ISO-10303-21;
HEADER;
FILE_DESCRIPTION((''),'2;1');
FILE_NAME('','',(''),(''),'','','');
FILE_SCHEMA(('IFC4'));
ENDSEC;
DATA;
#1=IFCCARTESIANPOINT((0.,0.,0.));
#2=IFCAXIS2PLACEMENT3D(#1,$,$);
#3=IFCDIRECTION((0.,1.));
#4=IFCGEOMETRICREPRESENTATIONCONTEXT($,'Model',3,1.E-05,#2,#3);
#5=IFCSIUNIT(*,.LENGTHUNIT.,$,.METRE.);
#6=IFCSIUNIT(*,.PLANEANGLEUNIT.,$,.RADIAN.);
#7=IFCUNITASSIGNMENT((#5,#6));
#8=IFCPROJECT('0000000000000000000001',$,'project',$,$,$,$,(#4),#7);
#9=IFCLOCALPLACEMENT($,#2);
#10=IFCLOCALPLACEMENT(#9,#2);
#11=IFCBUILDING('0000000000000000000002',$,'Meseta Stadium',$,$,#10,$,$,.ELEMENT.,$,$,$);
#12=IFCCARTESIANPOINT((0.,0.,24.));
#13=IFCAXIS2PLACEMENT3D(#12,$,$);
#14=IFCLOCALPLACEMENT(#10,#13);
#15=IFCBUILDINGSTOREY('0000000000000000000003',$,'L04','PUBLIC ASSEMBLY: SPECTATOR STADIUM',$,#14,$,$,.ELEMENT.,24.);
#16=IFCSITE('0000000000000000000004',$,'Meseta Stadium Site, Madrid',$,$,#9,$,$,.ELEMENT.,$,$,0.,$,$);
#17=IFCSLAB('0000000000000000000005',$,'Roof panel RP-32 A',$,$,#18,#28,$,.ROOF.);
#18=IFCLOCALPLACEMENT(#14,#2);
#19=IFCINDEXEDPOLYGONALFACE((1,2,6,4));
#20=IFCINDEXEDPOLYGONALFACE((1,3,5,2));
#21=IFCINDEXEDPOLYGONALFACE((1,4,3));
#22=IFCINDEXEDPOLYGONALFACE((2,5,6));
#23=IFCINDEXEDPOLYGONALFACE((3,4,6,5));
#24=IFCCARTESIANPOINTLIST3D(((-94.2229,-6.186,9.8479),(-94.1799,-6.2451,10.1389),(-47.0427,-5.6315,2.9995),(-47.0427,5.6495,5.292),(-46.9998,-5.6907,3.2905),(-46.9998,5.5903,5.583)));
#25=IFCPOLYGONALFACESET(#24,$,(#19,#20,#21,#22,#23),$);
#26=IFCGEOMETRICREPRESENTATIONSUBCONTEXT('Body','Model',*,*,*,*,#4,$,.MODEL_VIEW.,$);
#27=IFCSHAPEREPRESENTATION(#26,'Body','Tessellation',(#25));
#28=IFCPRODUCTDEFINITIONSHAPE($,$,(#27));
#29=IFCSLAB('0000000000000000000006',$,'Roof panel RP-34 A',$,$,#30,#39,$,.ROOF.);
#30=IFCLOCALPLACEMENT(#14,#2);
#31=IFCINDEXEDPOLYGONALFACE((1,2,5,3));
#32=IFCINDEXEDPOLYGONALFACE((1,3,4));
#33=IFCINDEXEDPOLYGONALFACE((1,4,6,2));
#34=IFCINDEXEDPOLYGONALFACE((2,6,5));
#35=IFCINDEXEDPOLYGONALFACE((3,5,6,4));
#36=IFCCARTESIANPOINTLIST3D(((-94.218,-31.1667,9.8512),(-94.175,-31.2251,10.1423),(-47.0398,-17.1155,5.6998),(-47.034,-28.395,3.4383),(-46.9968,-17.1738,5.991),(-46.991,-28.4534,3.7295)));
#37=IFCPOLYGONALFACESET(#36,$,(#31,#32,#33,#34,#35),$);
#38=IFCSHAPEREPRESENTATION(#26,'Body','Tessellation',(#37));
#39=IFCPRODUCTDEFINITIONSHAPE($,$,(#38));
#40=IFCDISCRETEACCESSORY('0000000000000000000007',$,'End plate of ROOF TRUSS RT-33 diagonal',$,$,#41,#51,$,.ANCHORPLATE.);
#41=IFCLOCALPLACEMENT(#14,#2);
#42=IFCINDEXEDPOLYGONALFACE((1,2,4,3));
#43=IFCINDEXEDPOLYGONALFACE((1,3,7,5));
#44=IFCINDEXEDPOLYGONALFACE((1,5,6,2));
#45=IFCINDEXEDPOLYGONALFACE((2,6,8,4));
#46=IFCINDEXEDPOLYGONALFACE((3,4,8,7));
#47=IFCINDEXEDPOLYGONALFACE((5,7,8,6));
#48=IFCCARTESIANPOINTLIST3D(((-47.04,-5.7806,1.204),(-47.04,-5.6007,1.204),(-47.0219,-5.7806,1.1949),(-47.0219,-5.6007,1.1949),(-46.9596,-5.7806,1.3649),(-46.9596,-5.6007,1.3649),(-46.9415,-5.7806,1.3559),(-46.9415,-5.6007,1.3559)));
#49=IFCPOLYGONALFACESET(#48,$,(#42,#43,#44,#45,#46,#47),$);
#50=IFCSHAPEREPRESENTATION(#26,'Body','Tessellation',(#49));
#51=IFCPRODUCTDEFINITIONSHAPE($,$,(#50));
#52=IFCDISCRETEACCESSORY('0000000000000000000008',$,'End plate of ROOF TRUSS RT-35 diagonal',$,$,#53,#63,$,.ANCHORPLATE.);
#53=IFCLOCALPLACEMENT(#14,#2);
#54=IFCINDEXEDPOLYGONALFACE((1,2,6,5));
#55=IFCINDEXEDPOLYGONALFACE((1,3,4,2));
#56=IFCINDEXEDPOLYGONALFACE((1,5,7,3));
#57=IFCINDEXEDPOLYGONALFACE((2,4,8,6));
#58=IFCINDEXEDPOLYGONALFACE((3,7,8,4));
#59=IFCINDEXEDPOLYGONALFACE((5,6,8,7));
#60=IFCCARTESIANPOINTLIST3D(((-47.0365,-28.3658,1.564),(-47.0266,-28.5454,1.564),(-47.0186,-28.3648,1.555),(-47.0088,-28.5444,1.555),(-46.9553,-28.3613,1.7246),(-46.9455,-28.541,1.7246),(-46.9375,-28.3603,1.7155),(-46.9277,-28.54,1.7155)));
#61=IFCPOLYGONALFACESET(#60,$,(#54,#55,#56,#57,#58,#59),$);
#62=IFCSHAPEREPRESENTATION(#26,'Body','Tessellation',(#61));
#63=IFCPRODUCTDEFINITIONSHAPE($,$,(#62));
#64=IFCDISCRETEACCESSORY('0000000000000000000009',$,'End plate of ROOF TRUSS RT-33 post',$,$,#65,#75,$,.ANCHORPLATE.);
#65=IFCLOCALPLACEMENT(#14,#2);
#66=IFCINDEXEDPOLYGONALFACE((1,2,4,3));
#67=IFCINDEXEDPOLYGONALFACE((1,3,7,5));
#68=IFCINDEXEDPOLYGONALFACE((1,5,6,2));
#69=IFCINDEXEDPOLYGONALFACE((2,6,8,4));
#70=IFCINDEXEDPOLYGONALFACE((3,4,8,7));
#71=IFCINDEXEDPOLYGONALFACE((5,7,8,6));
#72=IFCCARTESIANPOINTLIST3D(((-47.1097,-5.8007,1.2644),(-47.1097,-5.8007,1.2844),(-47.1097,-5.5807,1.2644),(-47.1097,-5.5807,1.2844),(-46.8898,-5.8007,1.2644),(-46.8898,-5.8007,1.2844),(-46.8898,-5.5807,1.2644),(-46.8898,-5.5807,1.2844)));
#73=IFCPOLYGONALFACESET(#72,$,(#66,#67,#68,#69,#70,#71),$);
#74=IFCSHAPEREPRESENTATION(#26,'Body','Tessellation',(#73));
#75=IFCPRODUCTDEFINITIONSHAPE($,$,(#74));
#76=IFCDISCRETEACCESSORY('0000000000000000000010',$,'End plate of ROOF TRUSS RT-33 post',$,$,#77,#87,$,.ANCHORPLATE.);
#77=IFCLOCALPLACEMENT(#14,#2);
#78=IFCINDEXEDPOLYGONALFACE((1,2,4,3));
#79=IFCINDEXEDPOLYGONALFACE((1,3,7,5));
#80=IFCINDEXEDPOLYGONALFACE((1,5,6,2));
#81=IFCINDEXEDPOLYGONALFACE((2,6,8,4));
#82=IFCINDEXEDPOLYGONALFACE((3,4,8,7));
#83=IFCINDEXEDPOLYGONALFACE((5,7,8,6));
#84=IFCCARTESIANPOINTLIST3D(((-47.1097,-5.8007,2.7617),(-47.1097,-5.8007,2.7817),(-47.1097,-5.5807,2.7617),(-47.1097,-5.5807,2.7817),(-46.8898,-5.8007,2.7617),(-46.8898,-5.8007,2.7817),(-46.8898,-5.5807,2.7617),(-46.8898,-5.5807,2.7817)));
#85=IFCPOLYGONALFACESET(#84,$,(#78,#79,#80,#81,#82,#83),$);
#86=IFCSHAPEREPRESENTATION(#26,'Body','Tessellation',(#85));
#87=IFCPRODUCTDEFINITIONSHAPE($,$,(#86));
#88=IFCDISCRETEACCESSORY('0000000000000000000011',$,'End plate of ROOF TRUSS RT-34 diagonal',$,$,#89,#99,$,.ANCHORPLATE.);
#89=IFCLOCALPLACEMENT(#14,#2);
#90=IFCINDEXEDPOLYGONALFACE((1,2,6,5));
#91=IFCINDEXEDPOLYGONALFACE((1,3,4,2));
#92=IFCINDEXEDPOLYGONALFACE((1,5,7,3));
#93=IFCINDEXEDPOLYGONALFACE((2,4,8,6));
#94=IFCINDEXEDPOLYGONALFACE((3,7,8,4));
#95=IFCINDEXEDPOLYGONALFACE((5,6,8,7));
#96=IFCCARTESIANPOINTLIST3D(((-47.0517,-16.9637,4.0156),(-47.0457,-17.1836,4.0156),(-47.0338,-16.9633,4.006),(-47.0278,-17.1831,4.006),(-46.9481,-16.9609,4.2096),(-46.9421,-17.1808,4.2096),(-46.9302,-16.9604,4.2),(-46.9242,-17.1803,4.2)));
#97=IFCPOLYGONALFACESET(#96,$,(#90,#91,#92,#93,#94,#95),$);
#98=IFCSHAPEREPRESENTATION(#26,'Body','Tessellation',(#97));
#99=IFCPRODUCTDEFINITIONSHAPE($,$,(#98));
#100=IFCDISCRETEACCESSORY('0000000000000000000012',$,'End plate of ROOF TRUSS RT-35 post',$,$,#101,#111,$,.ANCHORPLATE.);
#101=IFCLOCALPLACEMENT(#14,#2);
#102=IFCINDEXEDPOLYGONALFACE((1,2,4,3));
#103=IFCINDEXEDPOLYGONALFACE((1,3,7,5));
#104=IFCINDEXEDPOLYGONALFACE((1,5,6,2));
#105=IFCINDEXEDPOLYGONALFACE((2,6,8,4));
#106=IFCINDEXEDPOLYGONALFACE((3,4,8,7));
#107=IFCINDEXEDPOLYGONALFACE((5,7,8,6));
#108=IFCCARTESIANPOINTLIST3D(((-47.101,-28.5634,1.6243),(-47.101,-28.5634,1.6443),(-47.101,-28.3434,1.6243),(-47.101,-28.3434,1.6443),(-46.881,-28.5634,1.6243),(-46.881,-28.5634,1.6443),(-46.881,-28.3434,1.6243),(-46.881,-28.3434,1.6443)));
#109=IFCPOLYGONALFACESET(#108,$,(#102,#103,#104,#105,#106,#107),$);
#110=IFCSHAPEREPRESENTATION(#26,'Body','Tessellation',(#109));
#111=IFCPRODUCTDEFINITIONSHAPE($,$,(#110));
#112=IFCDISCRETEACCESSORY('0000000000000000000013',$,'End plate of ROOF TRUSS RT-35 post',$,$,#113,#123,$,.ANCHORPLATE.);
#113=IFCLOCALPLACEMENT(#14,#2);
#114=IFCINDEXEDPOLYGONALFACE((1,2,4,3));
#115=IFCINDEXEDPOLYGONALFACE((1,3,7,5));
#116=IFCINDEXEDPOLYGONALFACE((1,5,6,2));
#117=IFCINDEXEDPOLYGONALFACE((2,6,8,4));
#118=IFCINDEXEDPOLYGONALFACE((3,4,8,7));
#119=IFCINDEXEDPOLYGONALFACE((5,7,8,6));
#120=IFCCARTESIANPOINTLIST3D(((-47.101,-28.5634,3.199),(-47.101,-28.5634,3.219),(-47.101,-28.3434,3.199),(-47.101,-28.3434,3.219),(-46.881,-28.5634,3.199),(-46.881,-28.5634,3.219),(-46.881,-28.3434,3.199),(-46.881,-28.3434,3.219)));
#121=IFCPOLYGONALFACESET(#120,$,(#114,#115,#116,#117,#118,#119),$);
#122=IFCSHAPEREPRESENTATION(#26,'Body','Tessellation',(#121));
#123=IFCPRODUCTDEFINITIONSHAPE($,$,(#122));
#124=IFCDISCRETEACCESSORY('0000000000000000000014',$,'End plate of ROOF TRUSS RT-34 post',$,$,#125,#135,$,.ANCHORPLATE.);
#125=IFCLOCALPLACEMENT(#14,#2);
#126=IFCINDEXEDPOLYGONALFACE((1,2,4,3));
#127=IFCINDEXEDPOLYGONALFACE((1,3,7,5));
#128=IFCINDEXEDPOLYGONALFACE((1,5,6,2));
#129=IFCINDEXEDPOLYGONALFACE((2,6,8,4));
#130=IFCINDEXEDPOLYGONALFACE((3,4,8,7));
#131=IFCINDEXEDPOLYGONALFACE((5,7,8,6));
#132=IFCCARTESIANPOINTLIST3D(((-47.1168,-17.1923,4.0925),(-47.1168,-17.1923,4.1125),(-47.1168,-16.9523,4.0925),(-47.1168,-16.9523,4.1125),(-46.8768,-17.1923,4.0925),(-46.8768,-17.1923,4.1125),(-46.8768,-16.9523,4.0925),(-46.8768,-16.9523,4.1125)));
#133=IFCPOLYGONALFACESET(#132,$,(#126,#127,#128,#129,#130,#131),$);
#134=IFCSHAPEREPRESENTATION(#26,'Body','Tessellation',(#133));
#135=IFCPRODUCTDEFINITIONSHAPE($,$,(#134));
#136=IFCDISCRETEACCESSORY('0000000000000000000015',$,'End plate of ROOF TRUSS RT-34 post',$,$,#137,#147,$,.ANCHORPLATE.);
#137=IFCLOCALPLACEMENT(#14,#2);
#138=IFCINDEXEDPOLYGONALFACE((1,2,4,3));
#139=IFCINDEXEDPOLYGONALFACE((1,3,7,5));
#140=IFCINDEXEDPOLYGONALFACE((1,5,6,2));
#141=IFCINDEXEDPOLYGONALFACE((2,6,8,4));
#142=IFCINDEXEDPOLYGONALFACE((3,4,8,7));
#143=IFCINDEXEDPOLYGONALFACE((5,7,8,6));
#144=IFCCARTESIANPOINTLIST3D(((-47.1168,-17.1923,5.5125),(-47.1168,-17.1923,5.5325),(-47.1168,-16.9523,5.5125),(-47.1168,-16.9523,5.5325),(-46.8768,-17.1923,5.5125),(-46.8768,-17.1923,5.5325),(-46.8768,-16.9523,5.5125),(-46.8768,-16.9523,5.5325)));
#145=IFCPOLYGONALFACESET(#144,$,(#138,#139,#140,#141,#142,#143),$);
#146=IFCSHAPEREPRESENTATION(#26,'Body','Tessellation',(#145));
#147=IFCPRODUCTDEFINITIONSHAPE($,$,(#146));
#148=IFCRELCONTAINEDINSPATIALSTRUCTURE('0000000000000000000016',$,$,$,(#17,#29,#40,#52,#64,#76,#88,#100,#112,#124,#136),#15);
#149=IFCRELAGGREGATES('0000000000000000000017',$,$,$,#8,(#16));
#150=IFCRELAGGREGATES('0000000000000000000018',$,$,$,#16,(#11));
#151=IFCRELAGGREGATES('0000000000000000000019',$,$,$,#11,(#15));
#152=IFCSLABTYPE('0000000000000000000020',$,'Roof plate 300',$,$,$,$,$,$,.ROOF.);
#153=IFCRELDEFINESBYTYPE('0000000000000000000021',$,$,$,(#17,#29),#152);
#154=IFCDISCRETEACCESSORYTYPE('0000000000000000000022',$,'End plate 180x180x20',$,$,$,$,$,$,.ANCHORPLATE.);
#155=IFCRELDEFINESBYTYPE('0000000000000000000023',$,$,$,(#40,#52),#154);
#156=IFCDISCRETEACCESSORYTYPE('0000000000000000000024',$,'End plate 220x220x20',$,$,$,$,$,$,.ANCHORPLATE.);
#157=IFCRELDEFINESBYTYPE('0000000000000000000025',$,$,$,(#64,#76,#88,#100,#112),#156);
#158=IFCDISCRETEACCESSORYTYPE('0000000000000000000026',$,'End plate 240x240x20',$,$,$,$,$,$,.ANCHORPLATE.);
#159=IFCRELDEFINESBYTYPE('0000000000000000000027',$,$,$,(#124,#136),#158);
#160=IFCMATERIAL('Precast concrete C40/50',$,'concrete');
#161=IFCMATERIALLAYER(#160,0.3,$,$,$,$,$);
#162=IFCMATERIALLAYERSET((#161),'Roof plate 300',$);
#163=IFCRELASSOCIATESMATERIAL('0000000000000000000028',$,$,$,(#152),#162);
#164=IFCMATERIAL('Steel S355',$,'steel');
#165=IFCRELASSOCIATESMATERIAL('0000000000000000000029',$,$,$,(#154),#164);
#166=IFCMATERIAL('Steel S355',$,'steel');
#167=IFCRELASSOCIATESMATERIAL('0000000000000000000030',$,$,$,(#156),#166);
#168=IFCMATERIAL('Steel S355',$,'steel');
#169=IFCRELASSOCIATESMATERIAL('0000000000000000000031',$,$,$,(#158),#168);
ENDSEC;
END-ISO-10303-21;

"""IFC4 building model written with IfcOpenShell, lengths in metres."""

from ifc_helpers import new_model, si_unit, direction, frame, origin, origin_2d, place, context, subcontext, project, spatial, polyline, rectangle, outline, extrude, material, layer, layer_set, material_profile, profile_set, type_object, element, save


model = new_model("IFC4")

# Units and contexts
model_context = context("Model", 3, precision=1e-05, world=origin(), true_north=direction((0.0, 1.0)))
body_context = subcontext(model_context, "Body", "Model", "MODEL_VIEW")
ifc_project = project(units=[si_unit("LENGTHUNIT", "METRE"), si_unit("PLANEANGLEUNIT", "RADIAN")], contexts=[model_context])

# Site, building, storey
site_placement = place(None, origin())
site = spatial("IfcSite", under=ifc_project, at=site_placement, Name="Meseta Stadium Site, Madrid", CompositionType="ELEMENT", RefElevation=0.0)
building_placement = place(site_placement, origin())
building = spatial("IfcBuilding", under=site, at=building_placement, Name="Meseta Stadium", CompositionType="ELEMENT")
storey_placement = place(building_placement, frame((0.0, 0.0, 24.0)))
storey = spatial("IfcBuildingStorey", under=building, at=storey_placement, Name="L04", Description="PUBLIC ASSEMBLY: SPECTATOR STADIUM", CompositionType="ELEMENT", Elevation=24.0)

# Slabs
ifc_material_1 = material(Name="Precast concrete C40/50", Category="concrete")
ifc_layer_1 = layer(ifc_material_1, 0.3)
ifc_layer_set_1 = layer_set([ifc_layer_1], Name="Roof plate 300")
slab_type_1 = type_object("IfcSlabType", Name="Roof plate 300", PredefinedType="ROOF", material=ifc_layer_set_1)
slab_1_placement = place(storey_placement, frame((-46.9998, -5.6907, 3.2905), z_axis=(0.143099, -0.197096, 0.969884), x_axis=(-0.989562, -0.011629, 0.143639)))
element("IfcSlab", 1, at=slab_1_placement, inside=storey, type_object=slab_type_1, Name="Roof panel RP-32 A", PredefinedType="ROOF", context=body_context, shape_type="SweptSolid", body=[
    extrude(outline(polyline([(0.0, 0.0), (47.6778, 0.0), (0.1981, -11.5099), (0.0, 0.0)])), origin(), (0.0, 0.0, -1.0), 0.3),
])
slab_2_placement = place(storey_placement, frame((-46.991, -28.4534, 3.7295), z_axis=(0.14331, -0.194481, 0.970381), x_axis=(-0.989216, -0.058109, 0.134445)))
element("IfcSlab", 2, at=slab_2_placement, inside=storey, type_object=slab_type_1, Name="Roof panel RP-34 A", PredefinedType="ROOF", context=body_context, shape_type="SweptSolid", body=[
    extrude(outline(polyline([(0.0, 0.0), (47.6985, 0.0), (-0.3456, -11.4988), (0.0, 0.0)])), origin(), (0.0, 0.0, -1.0), 0.3),
])

# Discrete accessories
ifc_material_2 = material(Name="Steel S355", Category="steel")
ifc_material_profile_1 = material_profile(ifc_material_2, rectangle(XDim=0.1799, YDim=0.1799, at=origin_2d()), Name="PL 180x180")
ifc_profile_set_1 = profile_set([ifc_material_profile_1], Name="Steel S355")
discrete_accessory_type_1 = type_object("IfcDiscreteAccessoryType", Name="End plate 180x180x20", PredefinedType="ANCHORPLATE", material=ifc_profile_set_1)
discrete_accessory_1_placement = place(storey_placement, frame((-46.9817, -5.6907, 1.2754), z_axis=(-0.894427, 0.0, 0.447214), x_axis=(0.0, -1.0, 0.0)))
element("IfcDiscreteAccessory", 3, at=discrete_accessory_1_placement, inside=storey, type_object=discrete_accessory_type_1, Name="End plate of ROOF TRUSS RT-33 diagonal", PredefinedType="ANCHORPLATE", context=body_context, shape_type="SweptSolid", body=[
    extrude(rectangle(XDim=0.1799, YDim=0.1799, at=origin_2d()), origin(), (0.0, 0.0, 1.0), 0.0203),
])
discrete_accessory_2_placement = place(storey_placement, frame((-46.9731, -28.4524, 1.6353), z_axis=(-0.890907, -0.048817, 0.451555), x_axis=(0.054712, -0.998502, 0.0)))
element("IfcDiscreteAccessory", 4, at=discrete_accessory_2_placement, inside=storey, type_object=discrete_accessory_type_1, Name="End plate of ROOF TRUSS RT-35 diagonal", PredefinedType="ANCHORPLATE", context=body_context, shape_type="SweptSolid", body=[
    extrude(rectangle(XDim=0.1799, YDim=0.1799, at=origin_2d()), origin(), (0.0, 0.0, 1.0), 0.02),
])
ifc_material_3 = material(Name="Steel S355", Category="steel")
ifc_material_profile_2 = material_profile(ifc_material_3, rectangle(XDim=0.22, YDim=0.22, at=origin_2d()), Name="PL 220x220")
ifc_profile_set_2 = profile_set([ifc_material_profile_2], Name="Steel S355")
discrete_accessory_type_2 = type_object("IfcDiscreteAccessoryType", Name="End plate 220x220x20", PredefinedType="ANCHORPLATE", material=ifc_profile_set_2)
for number, where, z_axis, x_axis, name in (
    (5, (-46.9998, -5.6907, 1.2644), (0.0, 0.0, 1.0), (1.0, 0.0, 0.0), "End plate of ROOF TRUSS RT-33 post"),
    (6, (-46.9998, -5.6907, 2.7617), (0.0, 0.0, 1.0), (1.0, 0.0, 0.0), "End plate of ROOF TRUSS RT-33 post"),
):
    element("IfcDiscreteAccessory", number, at=place(storey_placement, frame(where, z_axis=z_axis, x_axis=x_axis)), inside=storey, type_object=discrete_accessory_type_2, Name=name, PredefinedType="ANCHORPLATE", context=body_context, shape_type="SweptSolid", body=[
        extrude(rectangle(XDim=0.22, YDim=0.22, at=origin_2d()), origin(), (0.0, 0.0, 1.0), 0.02),
    ])
discrete_accessory_3_placement = place(storey_placement, frame((-46.979, -17.0718, 4.103), z_axis=(-0.881761, -0.024158, 0.471078), x_axis=(0.027387, -0.999625, 0.0)))
element("IfcDiscreteAccessory", 7, at=discrete_accessory_3_placement, inside=storey, type_object=discrete_accessory_type_2, Name="End plate of ROOF TRUSS RT-34 diagonal", PredefinedType="ANCHORPLATE", context=body_context, shape_type="SweptSolid", body=[
    extrude(rectangle(XDim=0.22, YDim=0.22, at=origin_2d()), origin(), (0.0, 0.0, 1.0), 0.0203),
])
for number, where, z_axis, x_axis, name in (
    (8, (-46.991, -28.4534, 1.6243), (0.0, 0.0, 1.0), (1.0, 0.0, 0.0), "End plate of ROOF TRUSS RT-35 post"),
    (9, (-46.991, -28.4534, 3.199), (0.0, 0.0, 1.0), (1.0, 0.0, 0.0), "End plate of ROOF TRUSS RT-35 post"),
):
    element("IfcDiscreteAccessory", number, at=place(storey_placement, frame(where, z_axis=z_axis, x_axis=x_axis)), inside=storey, type_object=discrete_accessory_type_2, Name=name, PredefinedType="ANCHORPLATE", context=body_context, shape_type="SweptSolid", body=[
        extrude(rectangle(XDim=0.22, YDim=0.22, at=origin_2d()), origin(), (0.0, 0.0, 1.0), 0.02),
    ])
ifc_material_4 = material(Name="Steel S355", Category="steel")
ifc_material_profile_3 = material_profile(ifc_material_4, rectangle(XDim=0.24, YDim=0.24, at=origin_2d()), Name="PL 240x240")
ifc_profile_set_3 = profile_set([ifc_material_profile_3], Name="Steel S355")
discrete_accessory_type_3 = type_object("IfcDiscreteAccessoryType", Name="End plate 240x240x20", PredefinedType="ANCHORPLATE", material=ifc_profile_set_3)
for number, where, z_axis, x_axis, name in (
    (10, (-46.9968, -17.0723, 4.0925), (0.0, 0.0, 1.0), (1.0, 0.0, 0.0), "End plate of ROOF TRUSS RT-34 post"),
    (11, (-46.9968, -17.0723, 5.5125), (0.0, 0.0, 1.0), (1.0, 0.0, 0.0), "End plate of ROOF TRUSS RT-34 post"),
):
    element("IfcDiscreteAccessory", number, at=place(storey_placement, frame(where, z_axis=z_axis, x_axis=x_axis)), inside=storey, type_object=discrete_accessory_type_3, Name=name, PredefinedType="ANCHORPLATE", context=body_context, shape_type="SweptSolid", body=[
        extrude(rectangle(XDim=0.24, YDim=0.24, at=origin_2d()), origin(), (0.0, 0.0, 1.0), 0.02),
    ])

save(model, "model.ifc")
